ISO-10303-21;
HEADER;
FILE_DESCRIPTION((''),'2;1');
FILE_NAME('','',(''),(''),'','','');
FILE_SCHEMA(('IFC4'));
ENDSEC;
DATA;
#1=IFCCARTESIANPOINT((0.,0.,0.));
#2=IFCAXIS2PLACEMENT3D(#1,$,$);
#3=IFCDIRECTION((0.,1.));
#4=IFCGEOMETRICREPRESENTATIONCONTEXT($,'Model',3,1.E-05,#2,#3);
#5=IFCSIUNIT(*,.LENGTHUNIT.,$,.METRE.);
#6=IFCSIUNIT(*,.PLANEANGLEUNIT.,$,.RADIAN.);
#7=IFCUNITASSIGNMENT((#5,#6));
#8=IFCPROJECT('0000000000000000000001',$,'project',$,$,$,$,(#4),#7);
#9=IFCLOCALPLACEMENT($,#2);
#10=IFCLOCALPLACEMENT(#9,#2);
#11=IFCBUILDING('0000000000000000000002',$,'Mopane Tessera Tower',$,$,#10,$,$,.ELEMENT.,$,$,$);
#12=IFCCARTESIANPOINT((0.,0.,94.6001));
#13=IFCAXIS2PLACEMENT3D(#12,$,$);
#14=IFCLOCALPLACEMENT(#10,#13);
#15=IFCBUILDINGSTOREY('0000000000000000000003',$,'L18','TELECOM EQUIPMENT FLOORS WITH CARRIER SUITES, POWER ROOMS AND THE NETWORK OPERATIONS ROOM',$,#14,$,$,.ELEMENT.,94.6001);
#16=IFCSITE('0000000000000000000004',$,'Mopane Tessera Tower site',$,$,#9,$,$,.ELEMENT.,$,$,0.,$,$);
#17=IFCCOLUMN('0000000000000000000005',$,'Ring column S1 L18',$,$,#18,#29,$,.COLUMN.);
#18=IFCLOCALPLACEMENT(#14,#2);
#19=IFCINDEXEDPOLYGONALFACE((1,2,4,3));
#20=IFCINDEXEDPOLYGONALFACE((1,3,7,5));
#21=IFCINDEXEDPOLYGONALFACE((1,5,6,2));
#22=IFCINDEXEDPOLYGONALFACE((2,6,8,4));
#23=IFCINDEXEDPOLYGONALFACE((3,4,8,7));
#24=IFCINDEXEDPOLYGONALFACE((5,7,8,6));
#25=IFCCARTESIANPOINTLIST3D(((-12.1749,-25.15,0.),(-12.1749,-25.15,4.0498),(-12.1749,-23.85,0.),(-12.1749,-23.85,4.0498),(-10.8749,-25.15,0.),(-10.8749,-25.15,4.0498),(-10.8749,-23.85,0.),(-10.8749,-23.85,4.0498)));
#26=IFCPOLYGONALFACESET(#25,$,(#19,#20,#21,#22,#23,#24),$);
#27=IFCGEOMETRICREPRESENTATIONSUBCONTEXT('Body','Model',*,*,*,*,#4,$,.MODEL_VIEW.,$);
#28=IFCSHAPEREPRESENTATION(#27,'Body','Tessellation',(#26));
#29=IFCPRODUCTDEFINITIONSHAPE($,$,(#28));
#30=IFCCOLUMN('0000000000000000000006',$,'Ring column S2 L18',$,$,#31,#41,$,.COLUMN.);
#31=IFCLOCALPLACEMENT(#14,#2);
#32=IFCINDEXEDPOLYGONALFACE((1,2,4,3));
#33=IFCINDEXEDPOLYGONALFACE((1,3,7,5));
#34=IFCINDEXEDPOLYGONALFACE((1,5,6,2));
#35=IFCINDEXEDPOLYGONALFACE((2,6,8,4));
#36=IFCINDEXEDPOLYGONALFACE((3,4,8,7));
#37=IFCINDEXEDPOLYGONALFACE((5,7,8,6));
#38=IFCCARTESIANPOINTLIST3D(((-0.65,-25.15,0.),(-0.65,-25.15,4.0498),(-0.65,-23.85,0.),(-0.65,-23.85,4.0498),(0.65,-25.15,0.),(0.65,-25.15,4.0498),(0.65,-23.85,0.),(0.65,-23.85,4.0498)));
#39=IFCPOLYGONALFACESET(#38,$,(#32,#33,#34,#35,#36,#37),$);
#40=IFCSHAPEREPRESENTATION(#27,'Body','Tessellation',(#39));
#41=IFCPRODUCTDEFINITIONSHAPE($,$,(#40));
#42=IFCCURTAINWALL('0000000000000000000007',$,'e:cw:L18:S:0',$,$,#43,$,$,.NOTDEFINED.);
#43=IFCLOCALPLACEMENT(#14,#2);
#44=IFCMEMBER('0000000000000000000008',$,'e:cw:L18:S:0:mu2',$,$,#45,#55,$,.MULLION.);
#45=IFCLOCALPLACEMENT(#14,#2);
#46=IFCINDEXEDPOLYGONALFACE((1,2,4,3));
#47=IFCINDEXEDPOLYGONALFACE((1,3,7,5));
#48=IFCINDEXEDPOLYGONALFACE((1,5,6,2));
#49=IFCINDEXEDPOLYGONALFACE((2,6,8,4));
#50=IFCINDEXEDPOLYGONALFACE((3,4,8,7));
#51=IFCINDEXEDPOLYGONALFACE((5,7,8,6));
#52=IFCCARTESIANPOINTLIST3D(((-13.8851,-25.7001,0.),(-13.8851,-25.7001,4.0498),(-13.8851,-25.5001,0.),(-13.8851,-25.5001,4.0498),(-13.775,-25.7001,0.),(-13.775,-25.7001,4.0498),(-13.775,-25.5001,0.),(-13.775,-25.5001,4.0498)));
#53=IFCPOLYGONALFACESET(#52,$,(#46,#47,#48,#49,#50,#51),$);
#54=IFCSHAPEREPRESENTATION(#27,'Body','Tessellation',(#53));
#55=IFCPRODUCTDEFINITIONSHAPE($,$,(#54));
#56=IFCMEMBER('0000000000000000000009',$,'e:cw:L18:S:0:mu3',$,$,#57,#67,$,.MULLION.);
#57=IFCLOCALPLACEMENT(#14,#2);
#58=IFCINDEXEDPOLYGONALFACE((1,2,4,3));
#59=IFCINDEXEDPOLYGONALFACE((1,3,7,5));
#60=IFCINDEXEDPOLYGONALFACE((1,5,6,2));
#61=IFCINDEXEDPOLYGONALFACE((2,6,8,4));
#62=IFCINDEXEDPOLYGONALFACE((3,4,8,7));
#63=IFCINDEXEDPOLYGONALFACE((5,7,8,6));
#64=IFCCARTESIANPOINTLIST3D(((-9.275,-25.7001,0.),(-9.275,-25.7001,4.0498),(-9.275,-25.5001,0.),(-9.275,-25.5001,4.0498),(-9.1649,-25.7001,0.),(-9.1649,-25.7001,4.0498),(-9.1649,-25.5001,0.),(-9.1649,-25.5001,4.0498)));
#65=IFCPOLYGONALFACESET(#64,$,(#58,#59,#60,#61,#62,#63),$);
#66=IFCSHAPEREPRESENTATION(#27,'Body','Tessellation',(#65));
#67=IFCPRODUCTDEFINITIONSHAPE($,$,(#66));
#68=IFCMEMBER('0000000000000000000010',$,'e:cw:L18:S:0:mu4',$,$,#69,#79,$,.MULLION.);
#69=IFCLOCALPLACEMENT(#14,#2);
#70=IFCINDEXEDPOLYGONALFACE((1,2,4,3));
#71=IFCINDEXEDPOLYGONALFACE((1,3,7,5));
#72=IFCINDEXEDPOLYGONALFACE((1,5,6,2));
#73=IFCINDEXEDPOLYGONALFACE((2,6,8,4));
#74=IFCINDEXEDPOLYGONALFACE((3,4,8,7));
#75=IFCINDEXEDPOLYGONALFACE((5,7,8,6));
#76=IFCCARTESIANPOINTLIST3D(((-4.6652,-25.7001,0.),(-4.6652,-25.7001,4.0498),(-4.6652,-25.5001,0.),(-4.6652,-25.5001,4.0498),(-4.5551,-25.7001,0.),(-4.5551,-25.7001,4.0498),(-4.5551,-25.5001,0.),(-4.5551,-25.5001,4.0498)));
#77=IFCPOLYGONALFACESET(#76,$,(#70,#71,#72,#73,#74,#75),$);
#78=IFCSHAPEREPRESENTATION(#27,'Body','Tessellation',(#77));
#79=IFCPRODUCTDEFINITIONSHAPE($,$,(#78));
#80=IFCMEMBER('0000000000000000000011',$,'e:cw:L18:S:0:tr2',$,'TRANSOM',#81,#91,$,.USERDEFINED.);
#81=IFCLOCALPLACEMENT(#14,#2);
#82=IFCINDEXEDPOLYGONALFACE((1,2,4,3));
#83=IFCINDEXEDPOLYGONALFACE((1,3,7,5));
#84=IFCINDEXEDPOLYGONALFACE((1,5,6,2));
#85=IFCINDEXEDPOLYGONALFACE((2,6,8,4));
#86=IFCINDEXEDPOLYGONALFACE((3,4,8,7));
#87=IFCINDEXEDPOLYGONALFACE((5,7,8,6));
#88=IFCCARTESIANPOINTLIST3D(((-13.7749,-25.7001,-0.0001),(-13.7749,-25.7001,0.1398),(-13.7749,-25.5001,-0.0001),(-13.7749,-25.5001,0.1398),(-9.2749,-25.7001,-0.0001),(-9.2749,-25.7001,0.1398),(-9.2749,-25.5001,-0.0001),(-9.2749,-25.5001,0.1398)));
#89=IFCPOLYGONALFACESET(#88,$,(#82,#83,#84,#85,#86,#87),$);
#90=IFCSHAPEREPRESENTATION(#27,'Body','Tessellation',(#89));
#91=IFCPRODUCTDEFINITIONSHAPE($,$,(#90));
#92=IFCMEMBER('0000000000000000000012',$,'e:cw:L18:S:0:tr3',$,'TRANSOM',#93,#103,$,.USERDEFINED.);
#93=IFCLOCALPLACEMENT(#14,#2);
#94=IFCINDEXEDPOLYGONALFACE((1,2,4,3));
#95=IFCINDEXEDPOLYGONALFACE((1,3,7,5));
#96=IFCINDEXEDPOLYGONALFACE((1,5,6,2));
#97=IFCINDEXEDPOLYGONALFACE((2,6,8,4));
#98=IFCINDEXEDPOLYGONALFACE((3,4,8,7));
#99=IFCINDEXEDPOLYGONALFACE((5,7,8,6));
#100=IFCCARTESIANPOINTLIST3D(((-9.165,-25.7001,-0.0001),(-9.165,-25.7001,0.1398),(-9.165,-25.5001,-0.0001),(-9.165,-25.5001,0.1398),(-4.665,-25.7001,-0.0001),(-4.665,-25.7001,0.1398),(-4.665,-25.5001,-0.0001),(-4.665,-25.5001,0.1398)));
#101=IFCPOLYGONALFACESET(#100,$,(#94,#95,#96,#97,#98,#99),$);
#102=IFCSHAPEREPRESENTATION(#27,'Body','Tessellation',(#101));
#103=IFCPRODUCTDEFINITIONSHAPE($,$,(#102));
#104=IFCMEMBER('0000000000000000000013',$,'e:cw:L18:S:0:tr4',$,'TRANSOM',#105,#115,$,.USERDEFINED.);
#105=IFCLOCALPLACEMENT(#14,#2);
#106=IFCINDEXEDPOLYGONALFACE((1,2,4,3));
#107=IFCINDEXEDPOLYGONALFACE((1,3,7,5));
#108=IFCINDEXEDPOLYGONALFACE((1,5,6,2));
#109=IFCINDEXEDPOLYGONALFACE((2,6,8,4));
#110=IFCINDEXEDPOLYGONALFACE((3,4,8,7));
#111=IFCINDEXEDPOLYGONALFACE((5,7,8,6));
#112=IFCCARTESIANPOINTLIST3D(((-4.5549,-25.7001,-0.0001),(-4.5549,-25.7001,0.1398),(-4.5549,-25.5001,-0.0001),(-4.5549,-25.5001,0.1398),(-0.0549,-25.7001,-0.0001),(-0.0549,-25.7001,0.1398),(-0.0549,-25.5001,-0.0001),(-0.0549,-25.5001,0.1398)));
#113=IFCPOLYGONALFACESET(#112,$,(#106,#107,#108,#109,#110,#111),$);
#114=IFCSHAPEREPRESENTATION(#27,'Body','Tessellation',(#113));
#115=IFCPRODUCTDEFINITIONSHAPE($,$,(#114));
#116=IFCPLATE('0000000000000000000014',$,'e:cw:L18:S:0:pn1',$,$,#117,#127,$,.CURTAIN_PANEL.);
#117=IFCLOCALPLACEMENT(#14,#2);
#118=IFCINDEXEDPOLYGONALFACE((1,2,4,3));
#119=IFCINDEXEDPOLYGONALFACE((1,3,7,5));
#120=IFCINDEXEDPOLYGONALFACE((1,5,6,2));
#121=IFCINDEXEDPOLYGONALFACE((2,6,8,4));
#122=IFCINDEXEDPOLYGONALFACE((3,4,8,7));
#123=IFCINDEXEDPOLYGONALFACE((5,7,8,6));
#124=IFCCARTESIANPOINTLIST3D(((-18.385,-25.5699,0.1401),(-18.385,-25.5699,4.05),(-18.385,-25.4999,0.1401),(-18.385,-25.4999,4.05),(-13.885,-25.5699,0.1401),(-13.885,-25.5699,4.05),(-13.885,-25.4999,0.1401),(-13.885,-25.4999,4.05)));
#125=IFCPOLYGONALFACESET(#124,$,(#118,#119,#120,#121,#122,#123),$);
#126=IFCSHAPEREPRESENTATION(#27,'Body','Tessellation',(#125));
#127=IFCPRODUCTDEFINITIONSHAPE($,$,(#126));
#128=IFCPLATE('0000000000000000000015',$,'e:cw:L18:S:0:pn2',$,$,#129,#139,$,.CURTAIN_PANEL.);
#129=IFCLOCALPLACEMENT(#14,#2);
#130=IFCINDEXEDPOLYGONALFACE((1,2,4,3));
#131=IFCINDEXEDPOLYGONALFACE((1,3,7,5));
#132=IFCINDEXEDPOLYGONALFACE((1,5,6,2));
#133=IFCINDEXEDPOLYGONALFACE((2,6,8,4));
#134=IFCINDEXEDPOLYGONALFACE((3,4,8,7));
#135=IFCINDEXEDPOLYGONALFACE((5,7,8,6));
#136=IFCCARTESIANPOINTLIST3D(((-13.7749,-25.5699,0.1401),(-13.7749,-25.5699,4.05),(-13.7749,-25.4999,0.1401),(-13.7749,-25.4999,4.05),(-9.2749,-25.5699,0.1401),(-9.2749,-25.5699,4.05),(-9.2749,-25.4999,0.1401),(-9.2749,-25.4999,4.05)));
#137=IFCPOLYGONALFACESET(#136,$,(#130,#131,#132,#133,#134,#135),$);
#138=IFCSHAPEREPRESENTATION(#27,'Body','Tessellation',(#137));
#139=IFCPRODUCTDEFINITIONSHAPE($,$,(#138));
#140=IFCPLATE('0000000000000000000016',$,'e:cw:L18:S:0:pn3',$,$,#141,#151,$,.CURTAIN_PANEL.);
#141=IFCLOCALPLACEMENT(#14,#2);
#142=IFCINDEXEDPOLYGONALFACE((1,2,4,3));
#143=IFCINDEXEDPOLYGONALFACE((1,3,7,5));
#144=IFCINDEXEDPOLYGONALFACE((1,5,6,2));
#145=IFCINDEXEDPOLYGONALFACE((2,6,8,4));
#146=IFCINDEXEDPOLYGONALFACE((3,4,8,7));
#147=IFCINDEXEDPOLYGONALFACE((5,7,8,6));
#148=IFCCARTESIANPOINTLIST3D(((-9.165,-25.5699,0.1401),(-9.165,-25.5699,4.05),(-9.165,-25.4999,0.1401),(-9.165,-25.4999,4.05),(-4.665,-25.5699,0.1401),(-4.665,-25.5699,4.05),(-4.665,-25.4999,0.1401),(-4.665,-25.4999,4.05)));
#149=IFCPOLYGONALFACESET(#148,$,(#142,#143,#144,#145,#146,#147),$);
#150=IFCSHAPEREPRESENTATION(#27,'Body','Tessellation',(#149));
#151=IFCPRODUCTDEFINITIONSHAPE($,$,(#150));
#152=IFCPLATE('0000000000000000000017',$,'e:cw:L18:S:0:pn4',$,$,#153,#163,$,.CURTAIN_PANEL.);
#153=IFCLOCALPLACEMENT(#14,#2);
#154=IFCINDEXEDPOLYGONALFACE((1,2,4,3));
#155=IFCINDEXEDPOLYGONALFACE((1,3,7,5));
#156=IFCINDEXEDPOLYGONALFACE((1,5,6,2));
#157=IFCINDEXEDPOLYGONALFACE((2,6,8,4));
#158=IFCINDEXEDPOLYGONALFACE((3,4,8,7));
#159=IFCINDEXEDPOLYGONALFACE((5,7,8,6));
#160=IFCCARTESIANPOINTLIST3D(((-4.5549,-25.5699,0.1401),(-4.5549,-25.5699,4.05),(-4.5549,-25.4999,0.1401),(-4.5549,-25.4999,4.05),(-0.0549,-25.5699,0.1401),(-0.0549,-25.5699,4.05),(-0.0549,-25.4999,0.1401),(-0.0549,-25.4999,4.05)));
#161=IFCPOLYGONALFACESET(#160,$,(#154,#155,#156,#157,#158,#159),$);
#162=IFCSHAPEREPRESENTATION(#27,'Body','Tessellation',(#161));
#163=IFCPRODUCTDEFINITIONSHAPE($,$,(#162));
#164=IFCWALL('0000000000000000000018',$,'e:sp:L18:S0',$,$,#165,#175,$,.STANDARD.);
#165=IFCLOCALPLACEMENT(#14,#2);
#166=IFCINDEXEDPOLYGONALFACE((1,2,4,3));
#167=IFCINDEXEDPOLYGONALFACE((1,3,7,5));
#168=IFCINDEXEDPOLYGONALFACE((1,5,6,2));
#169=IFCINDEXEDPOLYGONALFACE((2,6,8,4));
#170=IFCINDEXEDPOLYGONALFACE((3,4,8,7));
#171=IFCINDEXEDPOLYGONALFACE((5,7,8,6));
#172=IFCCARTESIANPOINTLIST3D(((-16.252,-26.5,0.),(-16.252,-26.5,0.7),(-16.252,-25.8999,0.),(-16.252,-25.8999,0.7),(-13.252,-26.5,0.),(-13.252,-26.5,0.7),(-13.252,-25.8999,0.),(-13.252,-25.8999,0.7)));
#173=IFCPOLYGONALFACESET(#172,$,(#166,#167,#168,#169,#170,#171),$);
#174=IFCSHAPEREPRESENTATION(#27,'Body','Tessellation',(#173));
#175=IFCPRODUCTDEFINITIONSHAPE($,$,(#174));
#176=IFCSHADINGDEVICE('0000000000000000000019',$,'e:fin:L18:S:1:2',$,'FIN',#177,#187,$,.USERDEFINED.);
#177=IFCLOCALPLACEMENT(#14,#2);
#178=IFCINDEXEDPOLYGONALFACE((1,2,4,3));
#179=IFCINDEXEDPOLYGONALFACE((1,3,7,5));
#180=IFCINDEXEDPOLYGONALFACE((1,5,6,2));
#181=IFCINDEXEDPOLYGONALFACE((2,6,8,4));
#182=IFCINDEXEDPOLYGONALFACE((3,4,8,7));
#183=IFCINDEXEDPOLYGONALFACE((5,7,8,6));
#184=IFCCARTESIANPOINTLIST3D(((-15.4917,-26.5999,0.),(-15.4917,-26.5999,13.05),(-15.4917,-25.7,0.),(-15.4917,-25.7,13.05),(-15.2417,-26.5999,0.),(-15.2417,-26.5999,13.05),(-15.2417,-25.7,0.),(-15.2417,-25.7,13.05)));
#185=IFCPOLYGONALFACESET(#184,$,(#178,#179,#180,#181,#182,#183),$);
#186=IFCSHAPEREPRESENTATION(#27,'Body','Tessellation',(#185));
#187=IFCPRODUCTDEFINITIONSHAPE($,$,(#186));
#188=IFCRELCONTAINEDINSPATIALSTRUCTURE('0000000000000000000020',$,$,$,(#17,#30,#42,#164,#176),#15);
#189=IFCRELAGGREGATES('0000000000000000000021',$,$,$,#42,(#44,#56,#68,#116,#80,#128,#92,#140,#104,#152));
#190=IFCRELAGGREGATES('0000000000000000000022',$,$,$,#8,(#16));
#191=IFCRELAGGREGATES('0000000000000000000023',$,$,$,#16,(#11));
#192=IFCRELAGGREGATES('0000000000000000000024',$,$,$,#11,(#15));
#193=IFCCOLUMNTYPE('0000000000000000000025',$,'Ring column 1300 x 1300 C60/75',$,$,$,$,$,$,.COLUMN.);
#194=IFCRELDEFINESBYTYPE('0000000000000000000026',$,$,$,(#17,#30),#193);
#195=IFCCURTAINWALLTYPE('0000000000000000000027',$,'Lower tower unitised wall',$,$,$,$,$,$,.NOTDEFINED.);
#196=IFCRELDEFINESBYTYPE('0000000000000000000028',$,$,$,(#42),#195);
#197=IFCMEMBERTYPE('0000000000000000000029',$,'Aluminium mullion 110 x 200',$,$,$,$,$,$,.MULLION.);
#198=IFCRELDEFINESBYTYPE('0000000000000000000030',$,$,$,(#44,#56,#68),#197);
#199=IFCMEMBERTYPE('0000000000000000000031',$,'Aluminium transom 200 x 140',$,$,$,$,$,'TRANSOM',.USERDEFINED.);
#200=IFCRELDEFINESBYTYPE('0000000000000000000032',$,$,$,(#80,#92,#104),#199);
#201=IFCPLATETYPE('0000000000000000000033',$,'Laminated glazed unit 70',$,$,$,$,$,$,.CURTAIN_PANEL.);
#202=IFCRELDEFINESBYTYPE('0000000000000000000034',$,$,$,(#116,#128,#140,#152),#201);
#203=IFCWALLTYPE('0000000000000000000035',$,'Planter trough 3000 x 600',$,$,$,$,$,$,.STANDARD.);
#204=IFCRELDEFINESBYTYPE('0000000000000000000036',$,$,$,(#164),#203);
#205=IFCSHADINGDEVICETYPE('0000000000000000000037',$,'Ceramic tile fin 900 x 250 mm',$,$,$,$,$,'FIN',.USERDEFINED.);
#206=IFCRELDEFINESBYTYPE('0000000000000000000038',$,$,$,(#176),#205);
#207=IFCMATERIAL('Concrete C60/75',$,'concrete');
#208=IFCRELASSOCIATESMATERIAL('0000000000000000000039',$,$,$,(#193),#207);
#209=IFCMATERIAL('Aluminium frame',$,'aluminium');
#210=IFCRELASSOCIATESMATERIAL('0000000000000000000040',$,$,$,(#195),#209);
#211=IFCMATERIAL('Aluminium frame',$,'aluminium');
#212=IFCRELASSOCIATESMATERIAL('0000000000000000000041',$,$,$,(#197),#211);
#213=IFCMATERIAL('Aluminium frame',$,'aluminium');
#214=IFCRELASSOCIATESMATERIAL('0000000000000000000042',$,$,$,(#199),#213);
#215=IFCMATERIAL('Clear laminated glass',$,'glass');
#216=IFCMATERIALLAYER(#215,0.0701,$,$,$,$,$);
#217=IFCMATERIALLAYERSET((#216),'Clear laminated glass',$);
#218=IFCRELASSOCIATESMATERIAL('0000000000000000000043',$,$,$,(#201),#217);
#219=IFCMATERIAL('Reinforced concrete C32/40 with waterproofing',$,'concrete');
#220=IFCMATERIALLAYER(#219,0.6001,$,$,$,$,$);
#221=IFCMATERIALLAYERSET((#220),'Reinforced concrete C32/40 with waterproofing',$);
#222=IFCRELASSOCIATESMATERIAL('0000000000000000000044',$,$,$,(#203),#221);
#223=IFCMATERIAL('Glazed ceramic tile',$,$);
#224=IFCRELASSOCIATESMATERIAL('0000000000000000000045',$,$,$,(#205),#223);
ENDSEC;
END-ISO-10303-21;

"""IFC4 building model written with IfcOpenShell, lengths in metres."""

from ifc_helpers import new_model, si_unit, direction, frame, frame_2d, origin, origin_2d, place, context, subcontext, project, spatial, rectangle, extrude, material, layer, layer_set, material_profile, profile_set, type_object, element, aggregate, save


model = new_model("IFC4")

# Units and contexts
model_context = context("Model", 3, precision=1e-05, world=origin(), true_north=direction((0.0, 1.0)))
body_context = subcontext(model_context, "Body", "Model", "MODEL_VIEW")
ifc_project = project(units=[si_unit("LENGTHUNIT", "METRE"), si_unit("PLANEANGLEUNIT", "RADIAN")], contexts=[model_context])

# Site, building, storey
site_placement = place(None, origin())
site = spatial("IfcSite", under=ifc_project, at=site_placement, Name="Mopane Tessera Tower site", CompositionType="ELEMENT", RefElevation=0.0)
building_placement = place(site_placement, origin())
building = spatial("IfcBuilding", under=site, at=building_placement, Name="Mopane Tessera Tower", CompositionType="ELEMENT")
storey_placement = place(building_placement, frame((0.0, 0.0, 94.6001)))
storey = spatial("IfcBuildingStorey", under=building, at=storey_placement, Name="L18", Description="TELECOM EQUIPMENT FLOORS WITH CARRIER SUITES, POWER ROOMS AND THE NETWORK OPERATIONS ROOM", CompositionType="ELEMENT", Elevation=94.6001)

# Columns
ifc_material_1 = material(Name="Concrete C60/75", Category="concrete")
ifc_material_profile_1 = material_profile(ifc_material_1, rectangle(XDim=1.3, YDim=1.3, at=origin_2d()))
ifc_profile_set_1 = profile_set([ifc_material_profile_1], Name="Concrete C60/75")
column_type = type_object("IfcColumnType", Name="Ring column 1300 x 1300 C60/75", PredefinedType="COLUMN", material=ifc_profile_set_1)
for number, where, z_axis, x_axis, name in (
    (1, (-11.5249, -24.5, 0.0), (0.0, 0.0, 1.0), (1.0, 0.0, 0.0), "Ring column S1 L18"),
    (2, (0.0, -24.5, 0.0), (0.0, 0.0, 1.0), (1.0, 0.0, 0.0), "Ring column S2 L18"),
):
    element("IfcColumn", number, at=place(storey_placement, frame(where, z_axis=z_axis, x_axis=x_axis)), inside=storey, type_object=column_type, Name=name, PredefinedType="COLUMN", context=body_context, shape_type="SweptSolid", body=[
        extrude(rectangle(XDim=1.3, YDim=1.3, at=origin_2d()), origin(), (0.0, 0.0, 1.0), 4.0498),
    ])

# Curtain wall, members, plates
ifc_material_2 = material(Name="Aluminium frame", Category="aluminium")
curtain_wall_type = type_object("IfcCurtainWallType", Name="Lower tower unitised wall", PredefinedType="NOTDEFINED", material=ifc_material_2)
curtain_wall_placement = place(storey_placement, origin())
curtain_wall = element("IfcCurtainWall", 3, at=curtain_wall_placement, inside=storey, type_object=curtain_wall_type, Name="e:cw:L18:S:0", PredefinedType="NOTDEFINED")
ifc_material_3 = material(Name="Aluminium frame", Category="aluminium")
ifc_material_profile_2 = material_profile(ifc_material_3, rectangle(XDim=0.1101, YDim=0.2, at=origin_2d()))
ifc_profile_set_2 = profile_set([ifc_material_profile_2], Name="Aluminium frame")
member_type_1 = type_object("IfcMemberType", Name="Aluminium mullion 110 x 200", PredefinedType="MULLION", material=ifc_profile_set_2)
member_1_placement = place(storey_placement, frame((-13.8301, -25.6001, 0.0), z_axis=(0.0, 0.0, 1.0), x_axis=(1.0, 0.0, 0.0)))
member_1 = element("IfcMember", 4, at=member_1_placement, type_object=member_type_1, Name="e:cw:L18:S:0:mu2", PredefinedType="MULLION", context=body_context, shape_type="SweptSolid", body=[
    extrude(rectangle(XDim=0.1101, YDim=0.2, at=origin_2d()), origin(), (0.0, 0.0, 1.0), 4.0498),
])
member_2_placement = place(storey_placement, frame((-9.22, -25.6001, 0.0), z_axis=(0.0, 0.0, 1.0), x_axis=(1.0, 0.0, 0.0)))
member_2 = element("IfcMember", 5, at=member_2_placement, type_object=member_type_1, Name="e:cw:L18:S:0:mu3", PredefinedType="MULLION", context=body_context, shape_type="SweptSolid", body=[
    extrude(rectangle(XDim=0.1101, YDim=0.2, at=origin_2d()), origin(), (0.0, 0.0, 1.0), 4.0498),
])
member_3_placement = place(storey_placement, frame((-4.6101, -25.6001, 0.0), z_axis=(0.0, 0.0, 1.0), x_axis=(1.0, 0.0, 0.0)))
member_3 = element("IfcMember", 6, at=member_3_placement, type_object=member_type_1, Name="e:cw:L18:S:0:mu4", PredefinedType="MULLION", context=body_context, shape_type="SweptSolid", body=[
    extrude(rectangle(XDim=0.1101, YDim=0.2, at=origin_2d()), origin(), (0.0, 0.0, 1.0), 4.0498),
])
ifc_material_4 = material(Name="Aluminium frame", Category="aluminium")
ifc_material_profile_3 = material_profile(ifc_material_4, rectangle(XDim=0.2, YDim=0.1399, at=origin_2d()))
ifc_profile_set_3 = profile_set([ifc_material_profile_3], Name="Aluminium frame")
member_type_2 = type_object("IfcMemberType", Name="Aluminium transom 200 x 140", ElementType="TRANSOM", PredefinedType="USERDEFINED", material=ifc_profile_set_3)
member_4_placement = place(storey_placement, frame((-13.7749, -25.6001, 0.0698), z_axis=(1.0, 0.0, 0.0), x_axis=(0.0, 1.0, 0.0)))
member_4 = element("IfcMember", 7, at=member_4_placement, type_object=member_type_2, Name="e:cw:L18:S:0:tr2", ObjectType="TRANSOM", PredefinedType="USERDEFINED", context=body_context, shape_type="SweptSolid", body=[
    extrude(rectangle(XDim=0.2, YDim=0.1399, at=origin_2d()), origin(), (0.0, 0.0, 1.0), 4.5),
])
member_5_placement = place(storey_placement, frame((-9.165, -25.6001, 0.0698), z_axis=(1.0, 0.0, 0.0), x_axis=(0.0, 1.0, 0.0)))
member_5 = element("IfcMember", 8, at=member_5_placement, type_object=member_type_2, Name="e:cw:L18:S:0:tr3", ObjectType="TRANSOM", PredefinedType="USERDEFINED", context=body_context, shape_type="SweptSolid", body=[
    extrude(rectangle(XDim=0.2, YDim=0.1399, at=origin_2d()), origin(), (0.0, 0.0, 1.0), 4.5),
])
member_6_placement = place(storey_placement, frame((-4.5549, -25.6001, 0.0698), z_axis=(1.0, 0.0, 0.0), x_axis=(0.0, 1.0, 0.0)))
member_6 = element("IfcMember", 9, at=member_6_placement, type_object=member_type_2, Name="e:cw:L18:S:0:tr4", ObjectType="TRANSOM", PredefinedType="USERDEFINED", context=body_context, shape_type="SweptSolid", body=[
    extrude(rectangle(XDim=0.2, YDim=0.1399, at=origin_2d()), origin(), (0.0, 0.0, 1.0), 4.5),
])
ifc_material_5 = material(Name="Clear laminated glass", Category="glass")
ifc_layer_1 = layer(ifc_material_5, 0.0701)
ifc_layer_set_1 = layer_set([ifc_layer_1], Name="Clear laminated glass")
plate_type = type_object("IfcPlateType", Name="Laminated glazed unit 70", PredefinedType="CURTAIN_PANEL", material=ifc_layer_set_1)
plate_1_placement = place(storey_placement, frame((-16.135, -25.5349, 0.1401), z_axis=(0.0, 0.0, 1.0), x_axis=(1.0, 0.0, 0.0)))
plate_1 = element("IfcPlate", 10, at=plate_1_placement, type_object=plate_type, Name="e:cw:L18:S:0:pn1", PredefinedType="CURTAIN_PANEL", context=body_context, shape_type="SweptSolid", body=[
    extrude(rectangle(XDim=4.5, YDim=0.0701, at=origin_2d()), origin(), (0.0, 0.0, 1.0), 3.9099),
])
plate_2_placement = place(storey_placement, frame((-11.5249, -25.5349, 0.1401), z_axis=(0.0, 0.0, 1.0), x_axis=(1.0, 0.0, 0.0)))
plate_2 = element("IfcPlate", 11, at=plate_2_placement, type_object=plate_type, Name="e:cw:L18:S:0:pn2", PredefinedType="CURTAIN_PANEL", context=body_context, shape_type="SweptSolid", body=[
    extrude(rectangle(XDim=4.5, YDim=0.0701, at=origin_2d()), origin(), (0.0, 0.0, 1.0), 3.9099),
])
plate_3_placement = place(storey_placement, frame((-6.915, -25.5349, 0.1401), z_axis=(0.0, 0.0, 1.0), x_axis=(1.0, 0.0, 0.0)))
plate_3 = element("IfcPlate", 12, at=plate_3_placement, type_object=plate_type, Name="e:cw:L18:S:0:pn3", PredefinedType="CURTAIN_PANEL", context=body_context, shape_type="SweptSolid", body=[
    extrude(rectangle(XDim=4.5, YDim=0.0701, at=origin_2d()), origin(), (0.0, 0.0, 1.0), 3.9099),
])
plate_4_placement = place(storey_placement, frame((-2.3049, -25.5349, 0.1401), z_axis=(0.0, 0.0, 1.0), x_axis=(1.0, 0.0, 0.0)))
plate_4 = element("IfcPlate", 13, at=plate_4_placement, type_object=plate_type, Name="e:cw:L18:S:0:pn4", PredefinedType="CURTAIN_PANEL", context=body_context, shape_type="SweptSolid", body=[
    extrude(rectangle(XDim=4.5, YDim=0.0701, at=origin_2d()), origin(), (0.0, 0.0, 1.0), 3.9099),
])
aggregate(curtain_wall, [member_1, member_2, member_3, plate_1, member_4, plate_2, member_5, plate_3, member_6, plate_4])

# Wall
ifc_material_6 = material(Name="Reinforced concrete C32/40 with waterproofing", Category="concrete")
ifc_layer_2 = layer(ifc_material_6, 0.6001)
ifc_layer_set_2 = layer_set([ifc_layer_2], Name="Reinforced concrete C32/40 with waterproofing")
wall_type = type_object("IfcWallType", Name="Planter trough 3000 x 600", PredefinedType="STANDARD", material=ifc_layer_set_2)
wall_placement = place(storey_placement, frame((-16.252, -26.2, 0.0), z_axis=(0.0, 0.0, 1.0), x_axis=(1.0, 0.0, 0.0)))
element("IfcWall", 14, at=wall_placement, inside=storey, type_object=wall_type, Name="e:sp:L18:S0", PredefinedType="STANDARD", context=body_context, shape_type="SweptSolid", body=[
    extrude(rectangle(XDim=3.0, YDim=0.6001, at=frame_2d((1.5, 0.0))), origin(), (0.0, 0.0, 1.0), 0.7),
])

# Shading device
ifc_material_7 = material(Name="Glazed ceramic tile")
shading_device_type = type_object("IfcShadingDeviceType", Name="Ceramic tile fin 900 x 250 mm", ElementType="FIN", PredefinedType="USERDEFINED", material=ifc_material_7)
for number, where, z_axis, x_axis, name in (
    (15, (-15.3667, -26.1499, 0.0), (0.0, 0.0, 1.0), (1.0, 0.0, 0.0), "e:fin:L18:S:1:2"),
):
    element("IfcShadingDevice", number, at=place(storey_placement, frame(where, z_axis=z_axis, x_axis=x_axis)), inside=storey, type_object=shading_device_type, Name=name, ObjectType="FIN", PredefinedType="USERDEFINED", context=body_context, shape_type="SweptSolid", body=[
        extrude(rectangle(XDim=0.25, YDim=0.8999, at=origin_2d()), origin(), (0.0, 0.0, 1.0), 13.05),
    ])

save(model, "model.ifc")
